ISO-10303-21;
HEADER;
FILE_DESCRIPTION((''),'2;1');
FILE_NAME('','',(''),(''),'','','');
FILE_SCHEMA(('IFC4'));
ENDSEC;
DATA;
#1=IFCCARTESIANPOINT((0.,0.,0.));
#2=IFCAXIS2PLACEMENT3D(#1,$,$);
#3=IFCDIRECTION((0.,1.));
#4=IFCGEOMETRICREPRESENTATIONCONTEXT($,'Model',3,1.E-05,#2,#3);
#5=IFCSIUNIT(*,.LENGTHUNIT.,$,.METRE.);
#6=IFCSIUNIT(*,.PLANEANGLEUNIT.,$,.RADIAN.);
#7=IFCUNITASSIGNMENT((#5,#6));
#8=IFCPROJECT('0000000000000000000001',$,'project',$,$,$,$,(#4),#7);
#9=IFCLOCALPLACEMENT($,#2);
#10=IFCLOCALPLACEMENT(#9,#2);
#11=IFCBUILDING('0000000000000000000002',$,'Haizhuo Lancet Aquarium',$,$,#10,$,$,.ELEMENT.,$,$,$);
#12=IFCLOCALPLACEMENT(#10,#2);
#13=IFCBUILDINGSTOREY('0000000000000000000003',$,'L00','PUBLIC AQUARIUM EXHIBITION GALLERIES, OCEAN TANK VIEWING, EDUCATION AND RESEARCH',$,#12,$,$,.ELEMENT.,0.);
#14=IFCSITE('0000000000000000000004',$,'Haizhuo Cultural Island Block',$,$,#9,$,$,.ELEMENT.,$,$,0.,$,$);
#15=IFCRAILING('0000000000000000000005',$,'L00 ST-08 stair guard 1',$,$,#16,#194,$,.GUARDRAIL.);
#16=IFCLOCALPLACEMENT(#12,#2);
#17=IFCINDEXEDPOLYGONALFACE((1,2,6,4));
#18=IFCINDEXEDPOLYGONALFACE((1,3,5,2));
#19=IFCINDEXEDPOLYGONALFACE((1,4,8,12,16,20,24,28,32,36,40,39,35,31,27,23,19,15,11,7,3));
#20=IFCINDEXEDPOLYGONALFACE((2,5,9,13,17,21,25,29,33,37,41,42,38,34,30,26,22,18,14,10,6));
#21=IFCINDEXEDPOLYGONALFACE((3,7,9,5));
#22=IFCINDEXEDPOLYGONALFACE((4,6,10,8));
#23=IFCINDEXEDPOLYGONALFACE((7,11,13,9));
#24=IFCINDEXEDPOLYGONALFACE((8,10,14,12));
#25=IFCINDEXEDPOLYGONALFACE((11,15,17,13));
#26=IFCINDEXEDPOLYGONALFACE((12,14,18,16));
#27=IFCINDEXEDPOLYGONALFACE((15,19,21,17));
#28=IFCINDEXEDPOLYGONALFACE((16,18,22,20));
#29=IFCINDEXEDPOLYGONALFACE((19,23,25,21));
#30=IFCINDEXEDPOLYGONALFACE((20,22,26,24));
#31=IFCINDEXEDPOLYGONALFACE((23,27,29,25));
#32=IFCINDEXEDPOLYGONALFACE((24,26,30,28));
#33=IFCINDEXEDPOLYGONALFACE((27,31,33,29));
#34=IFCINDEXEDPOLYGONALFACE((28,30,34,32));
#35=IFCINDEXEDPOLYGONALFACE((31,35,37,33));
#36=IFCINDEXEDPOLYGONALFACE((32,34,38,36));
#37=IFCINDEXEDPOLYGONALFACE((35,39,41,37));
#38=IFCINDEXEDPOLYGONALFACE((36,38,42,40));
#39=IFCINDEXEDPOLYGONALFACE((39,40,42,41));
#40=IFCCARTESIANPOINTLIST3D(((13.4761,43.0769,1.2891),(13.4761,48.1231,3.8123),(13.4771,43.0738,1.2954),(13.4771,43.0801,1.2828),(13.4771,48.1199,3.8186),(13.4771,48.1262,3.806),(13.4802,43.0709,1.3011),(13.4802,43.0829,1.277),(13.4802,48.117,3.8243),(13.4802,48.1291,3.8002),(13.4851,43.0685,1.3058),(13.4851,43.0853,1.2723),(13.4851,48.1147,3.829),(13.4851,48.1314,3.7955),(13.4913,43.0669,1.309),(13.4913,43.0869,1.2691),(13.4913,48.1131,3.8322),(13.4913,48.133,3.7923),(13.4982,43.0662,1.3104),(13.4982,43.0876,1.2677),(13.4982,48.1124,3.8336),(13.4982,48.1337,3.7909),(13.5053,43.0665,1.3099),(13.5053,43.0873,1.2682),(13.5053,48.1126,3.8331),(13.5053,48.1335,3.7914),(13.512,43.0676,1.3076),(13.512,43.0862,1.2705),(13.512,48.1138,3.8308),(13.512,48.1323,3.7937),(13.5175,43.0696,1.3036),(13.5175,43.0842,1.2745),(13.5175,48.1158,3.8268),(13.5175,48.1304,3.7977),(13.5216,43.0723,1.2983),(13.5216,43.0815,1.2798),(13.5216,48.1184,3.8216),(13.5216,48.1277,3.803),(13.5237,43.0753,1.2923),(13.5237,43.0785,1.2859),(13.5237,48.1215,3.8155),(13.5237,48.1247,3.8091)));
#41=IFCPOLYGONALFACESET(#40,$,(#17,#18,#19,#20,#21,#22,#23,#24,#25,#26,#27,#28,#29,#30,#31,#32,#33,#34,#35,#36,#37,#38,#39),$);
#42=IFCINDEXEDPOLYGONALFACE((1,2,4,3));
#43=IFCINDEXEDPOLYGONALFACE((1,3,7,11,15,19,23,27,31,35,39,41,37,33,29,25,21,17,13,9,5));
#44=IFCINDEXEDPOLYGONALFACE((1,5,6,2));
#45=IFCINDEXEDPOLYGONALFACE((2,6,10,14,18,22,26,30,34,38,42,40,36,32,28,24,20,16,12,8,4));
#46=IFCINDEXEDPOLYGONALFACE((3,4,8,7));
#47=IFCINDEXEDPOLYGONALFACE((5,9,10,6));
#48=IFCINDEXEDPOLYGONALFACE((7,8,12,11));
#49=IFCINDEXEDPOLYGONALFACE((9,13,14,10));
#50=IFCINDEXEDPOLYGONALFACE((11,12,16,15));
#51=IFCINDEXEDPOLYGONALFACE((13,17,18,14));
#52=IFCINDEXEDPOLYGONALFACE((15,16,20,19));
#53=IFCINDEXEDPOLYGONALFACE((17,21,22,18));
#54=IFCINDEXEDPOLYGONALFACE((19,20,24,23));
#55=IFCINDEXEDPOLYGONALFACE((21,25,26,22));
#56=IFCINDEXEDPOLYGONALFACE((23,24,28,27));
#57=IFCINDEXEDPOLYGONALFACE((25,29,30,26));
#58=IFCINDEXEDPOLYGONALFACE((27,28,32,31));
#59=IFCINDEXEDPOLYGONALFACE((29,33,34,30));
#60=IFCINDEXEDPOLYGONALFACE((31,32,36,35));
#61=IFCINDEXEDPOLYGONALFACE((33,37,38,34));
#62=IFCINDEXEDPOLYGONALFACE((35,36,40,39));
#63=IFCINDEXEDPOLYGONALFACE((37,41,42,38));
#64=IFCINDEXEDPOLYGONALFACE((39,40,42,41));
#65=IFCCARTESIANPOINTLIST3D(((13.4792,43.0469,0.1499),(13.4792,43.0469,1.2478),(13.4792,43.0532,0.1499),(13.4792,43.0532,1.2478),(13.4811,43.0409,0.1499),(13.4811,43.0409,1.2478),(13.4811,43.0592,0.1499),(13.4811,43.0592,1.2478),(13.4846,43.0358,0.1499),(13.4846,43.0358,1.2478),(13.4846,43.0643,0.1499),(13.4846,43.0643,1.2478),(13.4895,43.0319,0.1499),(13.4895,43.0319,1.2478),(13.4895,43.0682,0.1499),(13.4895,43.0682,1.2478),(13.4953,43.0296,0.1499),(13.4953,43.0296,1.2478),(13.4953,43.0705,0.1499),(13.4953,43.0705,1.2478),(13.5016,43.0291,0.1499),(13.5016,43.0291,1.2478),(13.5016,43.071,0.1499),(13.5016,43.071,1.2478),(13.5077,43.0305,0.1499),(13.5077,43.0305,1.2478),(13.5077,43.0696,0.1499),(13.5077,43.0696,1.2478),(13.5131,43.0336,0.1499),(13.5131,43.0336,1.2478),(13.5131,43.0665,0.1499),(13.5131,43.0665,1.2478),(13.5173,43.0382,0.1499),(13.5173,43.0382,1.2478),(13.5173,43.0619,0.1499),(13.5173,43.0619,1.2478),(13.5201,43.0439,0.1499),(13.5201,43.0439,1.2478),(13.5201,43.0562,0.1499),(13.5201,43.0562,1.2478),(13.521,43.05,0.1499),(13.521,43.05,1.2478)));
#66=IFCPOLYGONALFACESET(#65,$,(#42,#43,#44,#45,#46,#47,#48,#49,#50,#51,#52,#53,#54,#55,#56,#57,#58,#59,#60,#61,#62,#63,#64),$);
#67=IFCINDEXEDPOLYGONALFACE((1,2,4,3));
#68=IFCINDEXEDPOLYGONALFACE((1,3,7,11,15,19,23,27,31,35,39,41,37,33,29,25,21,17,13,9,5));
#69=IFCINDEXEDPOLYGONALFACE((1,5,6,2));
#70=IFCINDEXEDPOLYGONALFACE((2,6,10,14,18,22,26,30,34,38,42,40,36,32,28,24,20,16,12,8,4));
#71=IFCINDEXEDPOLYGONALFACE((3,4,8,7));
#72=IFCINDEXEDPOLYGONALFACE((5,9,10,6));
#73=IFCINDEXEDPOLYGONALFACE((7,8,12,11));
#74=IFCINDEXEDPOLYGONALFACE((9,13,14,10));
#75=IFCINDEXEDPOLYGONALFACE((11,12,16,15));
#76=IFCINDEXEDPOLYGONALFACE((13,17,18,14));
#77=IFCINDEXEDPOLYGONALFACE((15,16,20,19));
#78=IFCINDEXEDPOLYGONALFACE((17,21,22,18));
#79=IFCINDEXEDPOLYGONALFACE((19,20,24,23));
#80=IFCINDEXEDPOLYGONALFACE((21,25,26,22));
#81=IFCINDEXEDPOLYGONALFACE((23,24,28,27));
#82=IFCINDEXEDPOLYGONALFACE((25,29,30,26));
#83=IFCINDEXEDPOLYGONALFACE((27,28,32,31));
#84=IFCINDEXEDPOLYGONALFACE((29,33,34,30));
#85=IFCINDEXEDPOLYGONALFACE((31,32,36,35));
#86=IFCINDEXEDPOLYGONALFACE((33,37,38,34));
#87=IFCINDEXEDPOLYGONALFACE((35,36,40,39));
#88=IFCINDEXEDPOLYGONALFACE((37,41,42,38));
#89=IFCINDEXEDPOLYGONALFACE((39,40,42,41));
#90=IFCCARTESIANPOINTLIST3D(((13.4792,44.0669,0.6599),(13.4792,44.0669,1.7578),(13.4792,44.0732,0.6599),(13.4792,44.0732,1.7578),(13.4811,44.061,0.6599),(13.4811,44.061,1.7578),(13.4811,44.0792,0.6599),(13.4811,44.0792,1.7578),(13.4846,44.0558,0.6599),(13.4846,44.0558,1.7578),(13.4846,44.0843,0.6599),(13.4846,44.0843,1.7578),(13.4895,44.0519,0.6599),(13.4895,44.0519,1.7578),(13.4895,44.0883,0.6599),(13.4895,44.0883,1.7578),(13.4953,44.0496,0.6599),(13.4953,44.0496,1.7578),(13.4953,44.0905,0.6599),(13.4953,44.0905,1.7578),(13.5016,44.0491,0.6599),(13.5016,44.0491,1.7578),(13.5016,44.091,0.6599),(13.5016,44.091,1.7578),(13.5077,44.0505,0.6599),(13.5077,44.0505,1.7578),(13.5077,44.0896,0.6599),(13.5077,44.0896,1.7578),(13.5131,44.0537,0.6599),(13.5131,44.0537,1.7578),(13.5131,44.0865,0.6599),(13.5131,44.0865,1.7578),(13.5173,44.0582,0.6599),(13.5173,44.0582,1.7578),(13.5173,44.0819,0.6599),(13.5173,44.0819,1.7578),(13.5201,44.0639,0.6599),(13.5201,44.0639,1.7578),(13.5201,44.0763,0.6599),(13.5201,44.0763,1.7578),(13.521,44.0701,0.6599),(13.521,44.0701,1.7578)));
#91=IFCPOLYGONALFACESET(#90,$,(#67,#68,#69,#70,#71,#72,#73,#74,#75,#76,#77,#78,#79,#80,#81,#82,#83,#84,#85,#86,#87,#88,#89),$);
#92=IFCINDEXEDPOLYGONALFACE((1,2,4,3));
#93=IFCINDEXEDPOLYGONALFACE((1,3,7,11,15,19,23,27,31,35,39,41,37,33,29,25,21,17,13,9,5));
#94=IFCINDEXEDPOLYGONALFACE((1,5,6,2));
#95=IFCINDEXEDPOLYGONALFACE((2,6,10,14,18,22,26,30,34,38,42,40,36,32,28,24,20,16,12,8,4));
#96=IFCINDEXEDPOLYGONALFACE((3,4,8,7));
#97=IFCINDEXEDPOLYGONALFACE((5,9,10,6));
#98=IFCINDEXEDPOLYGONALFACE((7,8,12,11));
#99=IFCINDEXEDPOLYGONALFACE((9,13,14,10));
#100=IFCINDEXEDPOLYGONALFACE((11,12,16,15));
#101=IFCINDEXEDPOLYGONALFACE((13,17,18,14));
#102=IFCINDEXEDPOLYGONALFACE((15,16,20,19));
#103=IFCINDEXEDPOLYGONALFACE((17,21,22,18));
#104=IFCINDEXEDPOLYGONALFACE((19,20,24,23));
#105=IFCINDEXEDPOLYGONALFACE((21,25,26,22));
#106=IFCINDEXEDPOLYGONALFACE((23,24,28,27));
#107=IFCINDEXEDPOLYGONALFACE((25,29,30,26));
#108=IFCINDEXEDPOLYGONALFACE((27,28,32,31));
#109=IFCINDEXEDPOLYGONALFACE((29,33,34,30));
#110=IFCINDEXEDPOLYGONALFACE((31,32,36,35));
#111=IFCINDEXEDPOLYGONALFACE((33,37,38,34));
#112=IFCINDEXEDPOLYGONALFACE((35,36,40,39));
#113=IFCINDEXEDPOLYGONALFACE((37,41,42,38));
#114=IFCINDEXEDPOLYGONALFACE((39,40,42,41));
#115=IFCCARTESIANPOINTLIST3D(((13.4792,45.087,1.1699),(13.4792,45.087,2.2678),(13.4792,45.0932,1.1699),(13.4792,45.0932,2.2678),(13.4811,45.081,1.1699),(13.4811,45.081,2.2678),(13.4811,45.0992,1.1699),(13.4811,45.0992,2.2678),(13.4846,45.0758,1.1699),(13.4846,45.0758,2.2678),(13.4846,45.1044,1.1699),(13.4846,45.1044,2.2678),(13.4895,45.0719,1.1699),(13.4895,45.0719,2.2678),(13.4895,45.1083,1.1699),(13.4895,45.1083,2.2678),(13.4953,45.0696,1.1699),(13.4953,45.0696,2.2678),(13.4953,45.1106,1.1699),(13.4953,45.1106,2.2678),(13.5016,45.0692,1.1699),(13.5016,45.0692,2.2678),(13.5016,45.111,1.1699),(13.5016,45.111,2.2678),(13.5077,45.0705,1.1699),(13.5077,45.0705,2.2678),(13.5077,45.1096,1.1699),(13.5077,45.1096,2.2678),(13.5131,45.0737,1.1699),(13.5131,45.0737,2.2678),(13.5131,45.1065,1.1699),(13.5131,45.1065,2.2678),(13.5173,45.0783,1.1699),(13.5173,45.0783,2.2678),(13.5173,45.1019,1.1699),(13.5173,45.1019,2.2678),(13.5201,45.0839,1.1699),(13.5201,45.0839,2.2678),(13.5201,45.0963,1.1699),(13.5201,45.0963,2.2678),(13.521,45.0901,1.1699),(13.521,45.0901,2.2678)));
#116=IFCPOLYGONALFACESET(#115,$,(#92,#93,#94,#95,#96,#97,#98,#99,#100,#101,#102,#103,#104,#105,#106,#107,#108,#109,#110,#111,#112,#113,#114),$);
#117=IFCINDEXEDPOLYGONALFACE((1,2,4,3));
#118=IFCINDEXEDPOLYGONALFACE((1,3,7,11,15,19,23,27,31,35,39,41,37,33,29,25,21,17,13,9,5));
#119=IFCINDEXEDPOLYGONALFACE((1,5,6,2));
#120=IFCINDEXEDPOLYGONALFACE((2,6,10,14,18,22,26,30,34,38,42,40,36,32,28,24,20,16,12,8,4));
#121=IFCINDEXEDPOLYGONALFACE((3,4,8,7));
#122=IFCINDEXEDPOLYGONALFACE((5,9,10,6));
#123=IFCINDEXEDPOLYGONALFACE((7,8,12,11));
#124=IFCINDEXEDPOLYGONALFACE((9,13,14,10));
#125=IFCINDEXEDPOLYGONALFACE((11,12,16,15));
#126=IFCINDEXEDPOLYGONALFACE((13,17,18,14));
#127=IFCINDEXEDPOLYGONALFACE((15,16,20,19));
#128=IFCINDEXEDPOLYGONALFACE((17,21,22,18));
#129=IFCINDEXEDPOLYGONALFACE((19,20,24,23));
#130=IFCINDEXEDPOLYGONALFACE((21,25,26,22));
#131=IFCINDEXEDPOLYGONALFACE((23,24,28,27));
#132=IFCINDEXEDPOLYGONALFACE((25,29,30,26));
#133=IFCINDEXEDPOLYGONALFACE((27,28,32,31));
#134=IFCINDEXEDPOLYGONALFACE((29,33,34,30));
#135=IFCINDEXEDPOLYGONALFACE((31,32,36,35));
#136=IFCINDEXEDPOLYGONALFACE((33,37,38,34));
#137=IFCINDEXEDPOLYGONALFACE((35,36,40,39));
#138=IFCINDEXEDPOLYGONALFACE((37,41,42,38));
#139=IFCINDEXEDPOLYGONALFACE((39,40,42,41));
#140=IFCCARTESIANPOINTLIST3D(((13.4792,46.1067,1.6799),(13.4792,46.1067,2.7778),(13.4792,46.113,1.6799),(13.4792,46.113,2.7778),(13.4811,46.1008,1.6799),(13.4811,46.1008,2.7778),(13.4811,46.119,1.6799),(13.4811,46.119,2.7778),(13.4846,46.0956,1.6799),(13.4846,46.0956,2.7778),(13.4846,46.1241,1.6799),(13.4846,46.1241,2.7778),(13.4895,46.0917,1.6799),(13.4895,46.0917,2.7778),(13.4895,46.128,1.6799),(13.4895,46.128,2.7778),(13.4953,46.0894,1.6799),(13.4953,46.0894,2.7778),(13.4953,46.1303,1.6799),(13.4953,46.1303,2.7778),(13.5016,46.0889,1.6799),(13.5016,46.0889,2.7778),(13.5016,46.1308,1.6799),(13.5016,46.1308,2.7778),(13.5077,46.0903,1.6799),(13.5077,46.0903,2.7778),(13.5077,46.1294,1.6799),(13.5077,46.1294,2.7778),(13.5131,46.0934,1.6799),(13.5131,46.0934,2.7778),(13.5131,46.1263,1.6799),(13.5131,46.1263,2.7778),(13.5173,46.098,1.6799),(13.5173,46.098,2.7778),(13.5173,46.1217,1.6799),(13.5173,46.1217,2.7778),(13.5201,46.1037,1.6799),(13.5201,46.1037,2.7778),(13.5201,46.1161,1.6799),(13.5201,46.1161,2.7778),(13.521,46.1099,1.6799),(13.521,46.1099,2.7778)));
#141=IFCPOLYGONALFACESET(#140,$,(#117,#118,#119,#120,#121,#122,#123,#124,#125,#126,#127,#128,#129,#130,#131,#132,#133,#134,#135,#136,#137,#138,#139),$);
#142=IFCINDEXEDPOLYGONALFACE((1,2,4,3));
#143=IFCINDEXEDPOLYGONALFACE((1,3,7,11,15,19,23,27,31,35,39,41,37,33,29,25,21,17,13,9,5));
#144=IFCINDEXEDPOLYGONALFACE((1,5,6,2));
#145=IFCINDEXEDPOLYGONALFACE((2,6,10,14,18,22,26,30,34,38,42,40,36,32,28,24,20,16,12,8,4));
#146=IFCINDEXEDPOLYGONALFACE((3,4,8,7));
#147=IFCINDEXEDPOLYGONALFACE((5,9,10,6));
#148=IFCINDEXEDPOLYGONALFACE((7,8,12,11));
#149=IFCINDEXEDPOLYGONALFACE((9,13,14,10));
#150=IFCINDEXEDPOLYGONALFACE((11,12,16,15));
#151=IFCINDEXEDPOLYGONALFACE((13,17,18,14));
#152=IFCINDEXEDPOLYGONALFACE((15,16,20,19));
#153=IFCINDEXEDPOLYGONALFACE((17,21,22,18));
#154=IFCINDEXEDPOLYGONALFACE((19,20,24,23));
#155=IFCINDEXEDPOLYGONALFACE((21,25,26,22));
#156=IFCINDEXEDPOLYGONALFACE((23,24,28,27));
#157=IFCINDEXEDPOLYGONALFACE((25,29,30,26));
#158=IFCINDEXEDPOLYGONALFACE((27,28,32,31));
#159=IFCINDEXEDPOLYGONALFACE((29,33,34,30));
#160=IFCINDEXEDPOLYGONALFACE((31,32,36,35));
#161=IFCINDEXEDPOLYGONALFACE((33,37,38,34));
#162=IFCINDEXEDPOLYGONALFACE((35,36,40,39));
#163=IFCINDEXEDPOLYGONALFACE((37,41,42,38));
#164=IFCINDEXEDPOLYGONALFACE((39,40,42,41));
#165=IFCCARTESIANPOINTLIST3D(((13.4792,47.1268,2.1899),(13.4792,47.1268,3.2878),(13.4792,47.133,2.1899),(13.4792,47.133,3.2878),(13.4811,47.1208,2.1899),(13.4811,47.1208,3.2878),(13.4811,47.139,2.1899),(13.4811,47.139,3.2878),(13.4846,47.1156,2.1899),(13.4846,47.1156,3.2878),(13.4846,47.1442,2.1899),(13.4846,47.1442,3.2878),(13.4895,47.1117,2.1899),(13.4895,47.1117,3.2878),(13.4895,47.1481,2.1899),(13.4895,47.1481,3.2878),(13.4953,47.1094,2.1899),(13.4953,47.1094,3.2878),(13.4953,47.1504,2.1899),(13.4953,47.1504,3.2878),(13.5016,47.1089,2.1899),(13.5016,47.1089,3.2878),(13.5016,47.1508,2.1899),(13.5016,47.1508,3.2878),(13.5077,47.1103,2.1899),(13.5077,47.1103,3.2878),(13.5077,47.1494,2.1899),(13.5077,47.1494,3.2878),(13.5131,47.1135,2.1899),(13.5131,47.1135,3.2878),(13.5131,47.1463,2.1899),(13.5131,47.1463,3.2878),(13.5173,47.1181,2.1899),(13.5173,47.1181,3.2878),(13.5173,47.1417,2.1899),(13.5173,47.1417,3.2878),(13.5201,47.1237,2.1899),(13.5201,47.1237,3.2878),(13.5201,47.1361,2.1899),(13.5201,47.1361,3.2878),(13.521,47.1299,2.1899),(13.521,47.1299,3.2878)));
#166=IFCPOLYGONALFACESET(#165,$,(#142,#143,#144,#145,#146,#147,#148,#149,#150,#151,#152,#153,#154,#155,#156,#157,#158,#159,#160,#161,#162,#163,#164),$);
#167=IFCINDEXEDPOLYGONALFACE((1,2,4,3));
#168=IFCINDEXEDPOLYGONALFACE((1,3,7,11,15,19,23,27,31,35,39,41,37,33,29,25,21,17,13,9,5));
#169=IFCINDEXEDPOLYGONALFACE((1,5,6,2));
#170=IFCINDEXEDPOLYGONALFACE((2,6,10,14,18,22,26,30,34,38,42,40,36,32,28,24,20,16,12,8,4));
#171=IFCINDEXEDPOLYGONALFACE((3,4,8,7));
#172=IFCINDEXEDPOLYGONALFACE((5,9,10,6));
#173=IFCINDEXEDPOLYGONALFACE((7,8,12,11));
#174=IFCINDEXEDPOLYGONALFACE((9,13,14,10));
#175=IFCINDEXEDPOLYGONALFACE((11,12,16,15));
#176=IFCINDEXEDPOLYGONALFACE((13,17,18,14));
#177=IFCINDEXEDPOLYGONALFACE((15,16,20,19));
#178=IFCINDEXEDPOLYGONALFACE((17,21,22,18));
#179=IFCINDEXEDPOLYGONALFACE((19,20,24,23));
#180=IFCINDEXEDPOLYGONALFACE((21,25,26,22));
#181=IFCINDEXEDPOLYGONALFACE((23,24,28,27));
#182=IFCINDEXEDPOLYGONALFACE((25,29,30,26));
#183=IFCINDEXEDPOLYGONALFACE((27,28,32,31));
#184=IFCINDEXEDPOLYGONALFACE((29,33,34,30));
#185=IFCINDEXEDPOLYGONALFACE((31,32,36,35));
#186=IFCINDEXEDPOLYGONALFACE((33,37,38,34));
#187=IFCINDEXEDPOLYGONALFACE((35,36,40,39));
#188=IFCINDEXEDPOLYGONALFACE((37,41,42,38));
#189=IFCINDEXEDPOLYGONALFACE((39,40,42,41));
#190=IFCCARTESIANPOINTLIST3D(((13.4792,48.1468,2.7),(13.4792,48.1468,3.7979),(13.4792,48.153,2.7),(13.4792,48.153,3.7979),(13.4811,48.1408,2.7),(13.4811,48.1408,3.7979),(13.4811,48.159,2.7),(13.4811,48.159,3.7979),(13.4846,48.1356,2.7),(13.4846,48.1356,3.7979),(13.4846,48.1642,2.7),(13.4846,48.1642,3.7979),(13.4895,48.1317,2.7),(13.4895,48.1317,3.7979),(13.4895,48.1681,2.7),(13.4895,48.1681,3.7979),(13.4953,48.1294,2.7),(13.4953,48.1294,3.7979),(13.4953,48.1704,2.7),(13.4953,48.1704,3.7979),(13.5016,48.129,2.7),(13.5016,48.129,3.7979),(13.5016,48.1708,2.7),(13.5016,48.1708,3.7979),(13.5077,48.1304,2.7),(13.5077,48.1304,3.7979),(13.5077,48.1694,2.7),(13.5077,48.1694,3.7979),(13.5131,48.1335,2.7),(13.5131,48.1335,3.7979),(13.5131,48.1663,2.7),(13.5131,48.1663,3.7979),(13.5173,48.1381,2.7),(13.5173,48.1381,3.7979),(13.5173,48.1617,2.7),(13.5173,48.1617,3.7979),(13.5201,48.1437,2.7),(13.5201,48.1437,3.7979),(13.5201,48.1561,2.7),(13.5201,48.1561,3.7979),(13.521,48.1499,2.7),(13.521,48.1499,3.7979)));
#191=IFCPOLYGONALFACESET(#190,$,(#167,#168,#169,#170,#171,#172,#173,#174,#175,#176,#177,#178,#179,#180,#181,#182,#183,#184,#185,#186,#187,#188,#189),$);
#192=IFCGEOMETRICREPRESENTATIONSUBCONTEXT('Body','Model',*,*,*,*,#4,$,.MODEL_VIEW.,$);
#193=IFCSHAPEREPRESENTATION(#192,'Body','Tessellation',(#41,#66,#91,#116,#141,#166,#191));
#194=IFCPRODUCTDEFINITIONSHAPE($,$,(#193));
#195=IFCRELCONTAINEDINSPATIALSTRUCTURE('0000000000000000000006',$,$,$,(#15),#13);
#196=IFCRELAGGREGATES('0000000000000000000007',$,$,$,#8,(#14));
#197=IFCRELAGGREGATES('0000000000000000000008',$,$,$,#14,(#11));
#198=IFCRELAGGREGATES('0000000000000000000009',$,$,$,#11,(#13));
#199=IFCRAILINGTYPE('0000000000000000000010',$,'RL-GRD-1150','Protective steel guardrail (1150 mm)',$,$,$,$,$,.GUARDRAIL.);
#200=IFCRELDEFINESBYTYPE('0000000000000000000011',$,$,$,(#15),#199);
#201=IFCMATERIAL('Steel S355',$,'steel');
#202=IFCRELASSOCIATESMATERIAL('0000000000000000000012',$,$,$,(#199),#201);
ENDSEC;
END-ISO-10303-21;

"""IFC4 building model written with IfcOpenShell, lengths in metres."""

from ifc_helpers import new_model, si_unit, direction, frame, origin, origin_2d, place, context, subcontext, project, spatial, circle, extrude, material, type_object, element, save


model = new_model("IFC4")

# Units and contexts
model_context = context("Model", 3, precision=1e-05, world=origin(), true_north=direction((0.0, 1.0)))
body_context = subcontext(model_context, "Body", "Model", "MODEL_VIEW")
ifc_project = project(units=[si_unit("LENGTHUNIT", "METRE"), si_unit("PLANEANGLEUNIT", "RADIAN")], contexts=[model_context])

# Site, building, storey
site_placement = place(None, origin())
site = spatial("IfcSite", under=ifc_project, at=site_placement, Name="Haizhuo Cultural Island Block", CompositionType="ELEMENT", RefElevation=0.0)
building_placement = place(site_placement, origin())
building = spatial("IfcBuilding", under=site, at=building_placement, Name="Haizhuo Lancet Aquarium", CompositionType="ELEMENT")
storey_placement = place(building_placement, origin())
storey = spatial("IfcBuildingStorey", under=building, at=storey_placement, Name="L00", Description="PUBLIC AQUARIUM EXHIBITION GALLERIES, OCEAN TANK VIEWING, EDUCATION AND RESEARCH", CompositionType="ELEMENT", Elevation=0.0)

# Shared definitions
ifc_material_1 = material(Name="Steel S355", Category="steel")

# Railing
railing_type_1 = type_object("IfcRailingType", Name="RL-GRD-1150", Description="Protective steel guardrail (1150 mm)", PredefinedType="GUARDRAIL", material=ifc_material_1)
railing_1_placement = place(storey_placement, frame((13.5, 43.05, 0.1499)))
element("IfcRailing", 1, at=railing_1_placement, inside=storey, type_object=railing_type_1, Name="L00 ST-08 stair guard 1", PredefinedType="GUARDRAIL", context=body_context, shape_type="SweptSolid", body=[
    extrude(circle(Radius=0.0239, at=origin_2d()), frame((0.0, 0.0269, 1.1392), z_axis=(0.0, 0.894419, 0.447231), x_axis=(-1.0, 0.0, 0.0)), (0.0, 0.0, 1.0), 5.6418),
    extrude(circle(Radius=0.021, at=origin_2d()), origin(), (0.0, 0.0, 1.0), 1.0979),
    extrude(circle(Radius=0.021, at=origin_2d()), frame((0.0, 1.02, 0.51)), (0.0, 0.0, 1.0), 1.0979),
    extrude(circle(Radius=0.021, at=origin_2d()), frame((0.0, 2.04, 1.02)), (0.0, 0.0, 1.0), 1.0979),
    extrude(circle(Radius=0.021, at=origin_2d()), frame((0.0, 3.0598, 1.53)), (0.0, 0.0, 1.0), 1.0979),
    extrude(circle(Radius=0.021, at=origin_2d()), frame((0.0, 4.0798, 2.04)), (0.0, 0.0, 1.0), 1.0979),
    extrude(circle(Radius=0.021, at=origin_2d()), frame((0.0, 5.0999, 2.55)), (0.0, 0.0, 1.0), 1.0979),
])

save(model, "model.ifc")
